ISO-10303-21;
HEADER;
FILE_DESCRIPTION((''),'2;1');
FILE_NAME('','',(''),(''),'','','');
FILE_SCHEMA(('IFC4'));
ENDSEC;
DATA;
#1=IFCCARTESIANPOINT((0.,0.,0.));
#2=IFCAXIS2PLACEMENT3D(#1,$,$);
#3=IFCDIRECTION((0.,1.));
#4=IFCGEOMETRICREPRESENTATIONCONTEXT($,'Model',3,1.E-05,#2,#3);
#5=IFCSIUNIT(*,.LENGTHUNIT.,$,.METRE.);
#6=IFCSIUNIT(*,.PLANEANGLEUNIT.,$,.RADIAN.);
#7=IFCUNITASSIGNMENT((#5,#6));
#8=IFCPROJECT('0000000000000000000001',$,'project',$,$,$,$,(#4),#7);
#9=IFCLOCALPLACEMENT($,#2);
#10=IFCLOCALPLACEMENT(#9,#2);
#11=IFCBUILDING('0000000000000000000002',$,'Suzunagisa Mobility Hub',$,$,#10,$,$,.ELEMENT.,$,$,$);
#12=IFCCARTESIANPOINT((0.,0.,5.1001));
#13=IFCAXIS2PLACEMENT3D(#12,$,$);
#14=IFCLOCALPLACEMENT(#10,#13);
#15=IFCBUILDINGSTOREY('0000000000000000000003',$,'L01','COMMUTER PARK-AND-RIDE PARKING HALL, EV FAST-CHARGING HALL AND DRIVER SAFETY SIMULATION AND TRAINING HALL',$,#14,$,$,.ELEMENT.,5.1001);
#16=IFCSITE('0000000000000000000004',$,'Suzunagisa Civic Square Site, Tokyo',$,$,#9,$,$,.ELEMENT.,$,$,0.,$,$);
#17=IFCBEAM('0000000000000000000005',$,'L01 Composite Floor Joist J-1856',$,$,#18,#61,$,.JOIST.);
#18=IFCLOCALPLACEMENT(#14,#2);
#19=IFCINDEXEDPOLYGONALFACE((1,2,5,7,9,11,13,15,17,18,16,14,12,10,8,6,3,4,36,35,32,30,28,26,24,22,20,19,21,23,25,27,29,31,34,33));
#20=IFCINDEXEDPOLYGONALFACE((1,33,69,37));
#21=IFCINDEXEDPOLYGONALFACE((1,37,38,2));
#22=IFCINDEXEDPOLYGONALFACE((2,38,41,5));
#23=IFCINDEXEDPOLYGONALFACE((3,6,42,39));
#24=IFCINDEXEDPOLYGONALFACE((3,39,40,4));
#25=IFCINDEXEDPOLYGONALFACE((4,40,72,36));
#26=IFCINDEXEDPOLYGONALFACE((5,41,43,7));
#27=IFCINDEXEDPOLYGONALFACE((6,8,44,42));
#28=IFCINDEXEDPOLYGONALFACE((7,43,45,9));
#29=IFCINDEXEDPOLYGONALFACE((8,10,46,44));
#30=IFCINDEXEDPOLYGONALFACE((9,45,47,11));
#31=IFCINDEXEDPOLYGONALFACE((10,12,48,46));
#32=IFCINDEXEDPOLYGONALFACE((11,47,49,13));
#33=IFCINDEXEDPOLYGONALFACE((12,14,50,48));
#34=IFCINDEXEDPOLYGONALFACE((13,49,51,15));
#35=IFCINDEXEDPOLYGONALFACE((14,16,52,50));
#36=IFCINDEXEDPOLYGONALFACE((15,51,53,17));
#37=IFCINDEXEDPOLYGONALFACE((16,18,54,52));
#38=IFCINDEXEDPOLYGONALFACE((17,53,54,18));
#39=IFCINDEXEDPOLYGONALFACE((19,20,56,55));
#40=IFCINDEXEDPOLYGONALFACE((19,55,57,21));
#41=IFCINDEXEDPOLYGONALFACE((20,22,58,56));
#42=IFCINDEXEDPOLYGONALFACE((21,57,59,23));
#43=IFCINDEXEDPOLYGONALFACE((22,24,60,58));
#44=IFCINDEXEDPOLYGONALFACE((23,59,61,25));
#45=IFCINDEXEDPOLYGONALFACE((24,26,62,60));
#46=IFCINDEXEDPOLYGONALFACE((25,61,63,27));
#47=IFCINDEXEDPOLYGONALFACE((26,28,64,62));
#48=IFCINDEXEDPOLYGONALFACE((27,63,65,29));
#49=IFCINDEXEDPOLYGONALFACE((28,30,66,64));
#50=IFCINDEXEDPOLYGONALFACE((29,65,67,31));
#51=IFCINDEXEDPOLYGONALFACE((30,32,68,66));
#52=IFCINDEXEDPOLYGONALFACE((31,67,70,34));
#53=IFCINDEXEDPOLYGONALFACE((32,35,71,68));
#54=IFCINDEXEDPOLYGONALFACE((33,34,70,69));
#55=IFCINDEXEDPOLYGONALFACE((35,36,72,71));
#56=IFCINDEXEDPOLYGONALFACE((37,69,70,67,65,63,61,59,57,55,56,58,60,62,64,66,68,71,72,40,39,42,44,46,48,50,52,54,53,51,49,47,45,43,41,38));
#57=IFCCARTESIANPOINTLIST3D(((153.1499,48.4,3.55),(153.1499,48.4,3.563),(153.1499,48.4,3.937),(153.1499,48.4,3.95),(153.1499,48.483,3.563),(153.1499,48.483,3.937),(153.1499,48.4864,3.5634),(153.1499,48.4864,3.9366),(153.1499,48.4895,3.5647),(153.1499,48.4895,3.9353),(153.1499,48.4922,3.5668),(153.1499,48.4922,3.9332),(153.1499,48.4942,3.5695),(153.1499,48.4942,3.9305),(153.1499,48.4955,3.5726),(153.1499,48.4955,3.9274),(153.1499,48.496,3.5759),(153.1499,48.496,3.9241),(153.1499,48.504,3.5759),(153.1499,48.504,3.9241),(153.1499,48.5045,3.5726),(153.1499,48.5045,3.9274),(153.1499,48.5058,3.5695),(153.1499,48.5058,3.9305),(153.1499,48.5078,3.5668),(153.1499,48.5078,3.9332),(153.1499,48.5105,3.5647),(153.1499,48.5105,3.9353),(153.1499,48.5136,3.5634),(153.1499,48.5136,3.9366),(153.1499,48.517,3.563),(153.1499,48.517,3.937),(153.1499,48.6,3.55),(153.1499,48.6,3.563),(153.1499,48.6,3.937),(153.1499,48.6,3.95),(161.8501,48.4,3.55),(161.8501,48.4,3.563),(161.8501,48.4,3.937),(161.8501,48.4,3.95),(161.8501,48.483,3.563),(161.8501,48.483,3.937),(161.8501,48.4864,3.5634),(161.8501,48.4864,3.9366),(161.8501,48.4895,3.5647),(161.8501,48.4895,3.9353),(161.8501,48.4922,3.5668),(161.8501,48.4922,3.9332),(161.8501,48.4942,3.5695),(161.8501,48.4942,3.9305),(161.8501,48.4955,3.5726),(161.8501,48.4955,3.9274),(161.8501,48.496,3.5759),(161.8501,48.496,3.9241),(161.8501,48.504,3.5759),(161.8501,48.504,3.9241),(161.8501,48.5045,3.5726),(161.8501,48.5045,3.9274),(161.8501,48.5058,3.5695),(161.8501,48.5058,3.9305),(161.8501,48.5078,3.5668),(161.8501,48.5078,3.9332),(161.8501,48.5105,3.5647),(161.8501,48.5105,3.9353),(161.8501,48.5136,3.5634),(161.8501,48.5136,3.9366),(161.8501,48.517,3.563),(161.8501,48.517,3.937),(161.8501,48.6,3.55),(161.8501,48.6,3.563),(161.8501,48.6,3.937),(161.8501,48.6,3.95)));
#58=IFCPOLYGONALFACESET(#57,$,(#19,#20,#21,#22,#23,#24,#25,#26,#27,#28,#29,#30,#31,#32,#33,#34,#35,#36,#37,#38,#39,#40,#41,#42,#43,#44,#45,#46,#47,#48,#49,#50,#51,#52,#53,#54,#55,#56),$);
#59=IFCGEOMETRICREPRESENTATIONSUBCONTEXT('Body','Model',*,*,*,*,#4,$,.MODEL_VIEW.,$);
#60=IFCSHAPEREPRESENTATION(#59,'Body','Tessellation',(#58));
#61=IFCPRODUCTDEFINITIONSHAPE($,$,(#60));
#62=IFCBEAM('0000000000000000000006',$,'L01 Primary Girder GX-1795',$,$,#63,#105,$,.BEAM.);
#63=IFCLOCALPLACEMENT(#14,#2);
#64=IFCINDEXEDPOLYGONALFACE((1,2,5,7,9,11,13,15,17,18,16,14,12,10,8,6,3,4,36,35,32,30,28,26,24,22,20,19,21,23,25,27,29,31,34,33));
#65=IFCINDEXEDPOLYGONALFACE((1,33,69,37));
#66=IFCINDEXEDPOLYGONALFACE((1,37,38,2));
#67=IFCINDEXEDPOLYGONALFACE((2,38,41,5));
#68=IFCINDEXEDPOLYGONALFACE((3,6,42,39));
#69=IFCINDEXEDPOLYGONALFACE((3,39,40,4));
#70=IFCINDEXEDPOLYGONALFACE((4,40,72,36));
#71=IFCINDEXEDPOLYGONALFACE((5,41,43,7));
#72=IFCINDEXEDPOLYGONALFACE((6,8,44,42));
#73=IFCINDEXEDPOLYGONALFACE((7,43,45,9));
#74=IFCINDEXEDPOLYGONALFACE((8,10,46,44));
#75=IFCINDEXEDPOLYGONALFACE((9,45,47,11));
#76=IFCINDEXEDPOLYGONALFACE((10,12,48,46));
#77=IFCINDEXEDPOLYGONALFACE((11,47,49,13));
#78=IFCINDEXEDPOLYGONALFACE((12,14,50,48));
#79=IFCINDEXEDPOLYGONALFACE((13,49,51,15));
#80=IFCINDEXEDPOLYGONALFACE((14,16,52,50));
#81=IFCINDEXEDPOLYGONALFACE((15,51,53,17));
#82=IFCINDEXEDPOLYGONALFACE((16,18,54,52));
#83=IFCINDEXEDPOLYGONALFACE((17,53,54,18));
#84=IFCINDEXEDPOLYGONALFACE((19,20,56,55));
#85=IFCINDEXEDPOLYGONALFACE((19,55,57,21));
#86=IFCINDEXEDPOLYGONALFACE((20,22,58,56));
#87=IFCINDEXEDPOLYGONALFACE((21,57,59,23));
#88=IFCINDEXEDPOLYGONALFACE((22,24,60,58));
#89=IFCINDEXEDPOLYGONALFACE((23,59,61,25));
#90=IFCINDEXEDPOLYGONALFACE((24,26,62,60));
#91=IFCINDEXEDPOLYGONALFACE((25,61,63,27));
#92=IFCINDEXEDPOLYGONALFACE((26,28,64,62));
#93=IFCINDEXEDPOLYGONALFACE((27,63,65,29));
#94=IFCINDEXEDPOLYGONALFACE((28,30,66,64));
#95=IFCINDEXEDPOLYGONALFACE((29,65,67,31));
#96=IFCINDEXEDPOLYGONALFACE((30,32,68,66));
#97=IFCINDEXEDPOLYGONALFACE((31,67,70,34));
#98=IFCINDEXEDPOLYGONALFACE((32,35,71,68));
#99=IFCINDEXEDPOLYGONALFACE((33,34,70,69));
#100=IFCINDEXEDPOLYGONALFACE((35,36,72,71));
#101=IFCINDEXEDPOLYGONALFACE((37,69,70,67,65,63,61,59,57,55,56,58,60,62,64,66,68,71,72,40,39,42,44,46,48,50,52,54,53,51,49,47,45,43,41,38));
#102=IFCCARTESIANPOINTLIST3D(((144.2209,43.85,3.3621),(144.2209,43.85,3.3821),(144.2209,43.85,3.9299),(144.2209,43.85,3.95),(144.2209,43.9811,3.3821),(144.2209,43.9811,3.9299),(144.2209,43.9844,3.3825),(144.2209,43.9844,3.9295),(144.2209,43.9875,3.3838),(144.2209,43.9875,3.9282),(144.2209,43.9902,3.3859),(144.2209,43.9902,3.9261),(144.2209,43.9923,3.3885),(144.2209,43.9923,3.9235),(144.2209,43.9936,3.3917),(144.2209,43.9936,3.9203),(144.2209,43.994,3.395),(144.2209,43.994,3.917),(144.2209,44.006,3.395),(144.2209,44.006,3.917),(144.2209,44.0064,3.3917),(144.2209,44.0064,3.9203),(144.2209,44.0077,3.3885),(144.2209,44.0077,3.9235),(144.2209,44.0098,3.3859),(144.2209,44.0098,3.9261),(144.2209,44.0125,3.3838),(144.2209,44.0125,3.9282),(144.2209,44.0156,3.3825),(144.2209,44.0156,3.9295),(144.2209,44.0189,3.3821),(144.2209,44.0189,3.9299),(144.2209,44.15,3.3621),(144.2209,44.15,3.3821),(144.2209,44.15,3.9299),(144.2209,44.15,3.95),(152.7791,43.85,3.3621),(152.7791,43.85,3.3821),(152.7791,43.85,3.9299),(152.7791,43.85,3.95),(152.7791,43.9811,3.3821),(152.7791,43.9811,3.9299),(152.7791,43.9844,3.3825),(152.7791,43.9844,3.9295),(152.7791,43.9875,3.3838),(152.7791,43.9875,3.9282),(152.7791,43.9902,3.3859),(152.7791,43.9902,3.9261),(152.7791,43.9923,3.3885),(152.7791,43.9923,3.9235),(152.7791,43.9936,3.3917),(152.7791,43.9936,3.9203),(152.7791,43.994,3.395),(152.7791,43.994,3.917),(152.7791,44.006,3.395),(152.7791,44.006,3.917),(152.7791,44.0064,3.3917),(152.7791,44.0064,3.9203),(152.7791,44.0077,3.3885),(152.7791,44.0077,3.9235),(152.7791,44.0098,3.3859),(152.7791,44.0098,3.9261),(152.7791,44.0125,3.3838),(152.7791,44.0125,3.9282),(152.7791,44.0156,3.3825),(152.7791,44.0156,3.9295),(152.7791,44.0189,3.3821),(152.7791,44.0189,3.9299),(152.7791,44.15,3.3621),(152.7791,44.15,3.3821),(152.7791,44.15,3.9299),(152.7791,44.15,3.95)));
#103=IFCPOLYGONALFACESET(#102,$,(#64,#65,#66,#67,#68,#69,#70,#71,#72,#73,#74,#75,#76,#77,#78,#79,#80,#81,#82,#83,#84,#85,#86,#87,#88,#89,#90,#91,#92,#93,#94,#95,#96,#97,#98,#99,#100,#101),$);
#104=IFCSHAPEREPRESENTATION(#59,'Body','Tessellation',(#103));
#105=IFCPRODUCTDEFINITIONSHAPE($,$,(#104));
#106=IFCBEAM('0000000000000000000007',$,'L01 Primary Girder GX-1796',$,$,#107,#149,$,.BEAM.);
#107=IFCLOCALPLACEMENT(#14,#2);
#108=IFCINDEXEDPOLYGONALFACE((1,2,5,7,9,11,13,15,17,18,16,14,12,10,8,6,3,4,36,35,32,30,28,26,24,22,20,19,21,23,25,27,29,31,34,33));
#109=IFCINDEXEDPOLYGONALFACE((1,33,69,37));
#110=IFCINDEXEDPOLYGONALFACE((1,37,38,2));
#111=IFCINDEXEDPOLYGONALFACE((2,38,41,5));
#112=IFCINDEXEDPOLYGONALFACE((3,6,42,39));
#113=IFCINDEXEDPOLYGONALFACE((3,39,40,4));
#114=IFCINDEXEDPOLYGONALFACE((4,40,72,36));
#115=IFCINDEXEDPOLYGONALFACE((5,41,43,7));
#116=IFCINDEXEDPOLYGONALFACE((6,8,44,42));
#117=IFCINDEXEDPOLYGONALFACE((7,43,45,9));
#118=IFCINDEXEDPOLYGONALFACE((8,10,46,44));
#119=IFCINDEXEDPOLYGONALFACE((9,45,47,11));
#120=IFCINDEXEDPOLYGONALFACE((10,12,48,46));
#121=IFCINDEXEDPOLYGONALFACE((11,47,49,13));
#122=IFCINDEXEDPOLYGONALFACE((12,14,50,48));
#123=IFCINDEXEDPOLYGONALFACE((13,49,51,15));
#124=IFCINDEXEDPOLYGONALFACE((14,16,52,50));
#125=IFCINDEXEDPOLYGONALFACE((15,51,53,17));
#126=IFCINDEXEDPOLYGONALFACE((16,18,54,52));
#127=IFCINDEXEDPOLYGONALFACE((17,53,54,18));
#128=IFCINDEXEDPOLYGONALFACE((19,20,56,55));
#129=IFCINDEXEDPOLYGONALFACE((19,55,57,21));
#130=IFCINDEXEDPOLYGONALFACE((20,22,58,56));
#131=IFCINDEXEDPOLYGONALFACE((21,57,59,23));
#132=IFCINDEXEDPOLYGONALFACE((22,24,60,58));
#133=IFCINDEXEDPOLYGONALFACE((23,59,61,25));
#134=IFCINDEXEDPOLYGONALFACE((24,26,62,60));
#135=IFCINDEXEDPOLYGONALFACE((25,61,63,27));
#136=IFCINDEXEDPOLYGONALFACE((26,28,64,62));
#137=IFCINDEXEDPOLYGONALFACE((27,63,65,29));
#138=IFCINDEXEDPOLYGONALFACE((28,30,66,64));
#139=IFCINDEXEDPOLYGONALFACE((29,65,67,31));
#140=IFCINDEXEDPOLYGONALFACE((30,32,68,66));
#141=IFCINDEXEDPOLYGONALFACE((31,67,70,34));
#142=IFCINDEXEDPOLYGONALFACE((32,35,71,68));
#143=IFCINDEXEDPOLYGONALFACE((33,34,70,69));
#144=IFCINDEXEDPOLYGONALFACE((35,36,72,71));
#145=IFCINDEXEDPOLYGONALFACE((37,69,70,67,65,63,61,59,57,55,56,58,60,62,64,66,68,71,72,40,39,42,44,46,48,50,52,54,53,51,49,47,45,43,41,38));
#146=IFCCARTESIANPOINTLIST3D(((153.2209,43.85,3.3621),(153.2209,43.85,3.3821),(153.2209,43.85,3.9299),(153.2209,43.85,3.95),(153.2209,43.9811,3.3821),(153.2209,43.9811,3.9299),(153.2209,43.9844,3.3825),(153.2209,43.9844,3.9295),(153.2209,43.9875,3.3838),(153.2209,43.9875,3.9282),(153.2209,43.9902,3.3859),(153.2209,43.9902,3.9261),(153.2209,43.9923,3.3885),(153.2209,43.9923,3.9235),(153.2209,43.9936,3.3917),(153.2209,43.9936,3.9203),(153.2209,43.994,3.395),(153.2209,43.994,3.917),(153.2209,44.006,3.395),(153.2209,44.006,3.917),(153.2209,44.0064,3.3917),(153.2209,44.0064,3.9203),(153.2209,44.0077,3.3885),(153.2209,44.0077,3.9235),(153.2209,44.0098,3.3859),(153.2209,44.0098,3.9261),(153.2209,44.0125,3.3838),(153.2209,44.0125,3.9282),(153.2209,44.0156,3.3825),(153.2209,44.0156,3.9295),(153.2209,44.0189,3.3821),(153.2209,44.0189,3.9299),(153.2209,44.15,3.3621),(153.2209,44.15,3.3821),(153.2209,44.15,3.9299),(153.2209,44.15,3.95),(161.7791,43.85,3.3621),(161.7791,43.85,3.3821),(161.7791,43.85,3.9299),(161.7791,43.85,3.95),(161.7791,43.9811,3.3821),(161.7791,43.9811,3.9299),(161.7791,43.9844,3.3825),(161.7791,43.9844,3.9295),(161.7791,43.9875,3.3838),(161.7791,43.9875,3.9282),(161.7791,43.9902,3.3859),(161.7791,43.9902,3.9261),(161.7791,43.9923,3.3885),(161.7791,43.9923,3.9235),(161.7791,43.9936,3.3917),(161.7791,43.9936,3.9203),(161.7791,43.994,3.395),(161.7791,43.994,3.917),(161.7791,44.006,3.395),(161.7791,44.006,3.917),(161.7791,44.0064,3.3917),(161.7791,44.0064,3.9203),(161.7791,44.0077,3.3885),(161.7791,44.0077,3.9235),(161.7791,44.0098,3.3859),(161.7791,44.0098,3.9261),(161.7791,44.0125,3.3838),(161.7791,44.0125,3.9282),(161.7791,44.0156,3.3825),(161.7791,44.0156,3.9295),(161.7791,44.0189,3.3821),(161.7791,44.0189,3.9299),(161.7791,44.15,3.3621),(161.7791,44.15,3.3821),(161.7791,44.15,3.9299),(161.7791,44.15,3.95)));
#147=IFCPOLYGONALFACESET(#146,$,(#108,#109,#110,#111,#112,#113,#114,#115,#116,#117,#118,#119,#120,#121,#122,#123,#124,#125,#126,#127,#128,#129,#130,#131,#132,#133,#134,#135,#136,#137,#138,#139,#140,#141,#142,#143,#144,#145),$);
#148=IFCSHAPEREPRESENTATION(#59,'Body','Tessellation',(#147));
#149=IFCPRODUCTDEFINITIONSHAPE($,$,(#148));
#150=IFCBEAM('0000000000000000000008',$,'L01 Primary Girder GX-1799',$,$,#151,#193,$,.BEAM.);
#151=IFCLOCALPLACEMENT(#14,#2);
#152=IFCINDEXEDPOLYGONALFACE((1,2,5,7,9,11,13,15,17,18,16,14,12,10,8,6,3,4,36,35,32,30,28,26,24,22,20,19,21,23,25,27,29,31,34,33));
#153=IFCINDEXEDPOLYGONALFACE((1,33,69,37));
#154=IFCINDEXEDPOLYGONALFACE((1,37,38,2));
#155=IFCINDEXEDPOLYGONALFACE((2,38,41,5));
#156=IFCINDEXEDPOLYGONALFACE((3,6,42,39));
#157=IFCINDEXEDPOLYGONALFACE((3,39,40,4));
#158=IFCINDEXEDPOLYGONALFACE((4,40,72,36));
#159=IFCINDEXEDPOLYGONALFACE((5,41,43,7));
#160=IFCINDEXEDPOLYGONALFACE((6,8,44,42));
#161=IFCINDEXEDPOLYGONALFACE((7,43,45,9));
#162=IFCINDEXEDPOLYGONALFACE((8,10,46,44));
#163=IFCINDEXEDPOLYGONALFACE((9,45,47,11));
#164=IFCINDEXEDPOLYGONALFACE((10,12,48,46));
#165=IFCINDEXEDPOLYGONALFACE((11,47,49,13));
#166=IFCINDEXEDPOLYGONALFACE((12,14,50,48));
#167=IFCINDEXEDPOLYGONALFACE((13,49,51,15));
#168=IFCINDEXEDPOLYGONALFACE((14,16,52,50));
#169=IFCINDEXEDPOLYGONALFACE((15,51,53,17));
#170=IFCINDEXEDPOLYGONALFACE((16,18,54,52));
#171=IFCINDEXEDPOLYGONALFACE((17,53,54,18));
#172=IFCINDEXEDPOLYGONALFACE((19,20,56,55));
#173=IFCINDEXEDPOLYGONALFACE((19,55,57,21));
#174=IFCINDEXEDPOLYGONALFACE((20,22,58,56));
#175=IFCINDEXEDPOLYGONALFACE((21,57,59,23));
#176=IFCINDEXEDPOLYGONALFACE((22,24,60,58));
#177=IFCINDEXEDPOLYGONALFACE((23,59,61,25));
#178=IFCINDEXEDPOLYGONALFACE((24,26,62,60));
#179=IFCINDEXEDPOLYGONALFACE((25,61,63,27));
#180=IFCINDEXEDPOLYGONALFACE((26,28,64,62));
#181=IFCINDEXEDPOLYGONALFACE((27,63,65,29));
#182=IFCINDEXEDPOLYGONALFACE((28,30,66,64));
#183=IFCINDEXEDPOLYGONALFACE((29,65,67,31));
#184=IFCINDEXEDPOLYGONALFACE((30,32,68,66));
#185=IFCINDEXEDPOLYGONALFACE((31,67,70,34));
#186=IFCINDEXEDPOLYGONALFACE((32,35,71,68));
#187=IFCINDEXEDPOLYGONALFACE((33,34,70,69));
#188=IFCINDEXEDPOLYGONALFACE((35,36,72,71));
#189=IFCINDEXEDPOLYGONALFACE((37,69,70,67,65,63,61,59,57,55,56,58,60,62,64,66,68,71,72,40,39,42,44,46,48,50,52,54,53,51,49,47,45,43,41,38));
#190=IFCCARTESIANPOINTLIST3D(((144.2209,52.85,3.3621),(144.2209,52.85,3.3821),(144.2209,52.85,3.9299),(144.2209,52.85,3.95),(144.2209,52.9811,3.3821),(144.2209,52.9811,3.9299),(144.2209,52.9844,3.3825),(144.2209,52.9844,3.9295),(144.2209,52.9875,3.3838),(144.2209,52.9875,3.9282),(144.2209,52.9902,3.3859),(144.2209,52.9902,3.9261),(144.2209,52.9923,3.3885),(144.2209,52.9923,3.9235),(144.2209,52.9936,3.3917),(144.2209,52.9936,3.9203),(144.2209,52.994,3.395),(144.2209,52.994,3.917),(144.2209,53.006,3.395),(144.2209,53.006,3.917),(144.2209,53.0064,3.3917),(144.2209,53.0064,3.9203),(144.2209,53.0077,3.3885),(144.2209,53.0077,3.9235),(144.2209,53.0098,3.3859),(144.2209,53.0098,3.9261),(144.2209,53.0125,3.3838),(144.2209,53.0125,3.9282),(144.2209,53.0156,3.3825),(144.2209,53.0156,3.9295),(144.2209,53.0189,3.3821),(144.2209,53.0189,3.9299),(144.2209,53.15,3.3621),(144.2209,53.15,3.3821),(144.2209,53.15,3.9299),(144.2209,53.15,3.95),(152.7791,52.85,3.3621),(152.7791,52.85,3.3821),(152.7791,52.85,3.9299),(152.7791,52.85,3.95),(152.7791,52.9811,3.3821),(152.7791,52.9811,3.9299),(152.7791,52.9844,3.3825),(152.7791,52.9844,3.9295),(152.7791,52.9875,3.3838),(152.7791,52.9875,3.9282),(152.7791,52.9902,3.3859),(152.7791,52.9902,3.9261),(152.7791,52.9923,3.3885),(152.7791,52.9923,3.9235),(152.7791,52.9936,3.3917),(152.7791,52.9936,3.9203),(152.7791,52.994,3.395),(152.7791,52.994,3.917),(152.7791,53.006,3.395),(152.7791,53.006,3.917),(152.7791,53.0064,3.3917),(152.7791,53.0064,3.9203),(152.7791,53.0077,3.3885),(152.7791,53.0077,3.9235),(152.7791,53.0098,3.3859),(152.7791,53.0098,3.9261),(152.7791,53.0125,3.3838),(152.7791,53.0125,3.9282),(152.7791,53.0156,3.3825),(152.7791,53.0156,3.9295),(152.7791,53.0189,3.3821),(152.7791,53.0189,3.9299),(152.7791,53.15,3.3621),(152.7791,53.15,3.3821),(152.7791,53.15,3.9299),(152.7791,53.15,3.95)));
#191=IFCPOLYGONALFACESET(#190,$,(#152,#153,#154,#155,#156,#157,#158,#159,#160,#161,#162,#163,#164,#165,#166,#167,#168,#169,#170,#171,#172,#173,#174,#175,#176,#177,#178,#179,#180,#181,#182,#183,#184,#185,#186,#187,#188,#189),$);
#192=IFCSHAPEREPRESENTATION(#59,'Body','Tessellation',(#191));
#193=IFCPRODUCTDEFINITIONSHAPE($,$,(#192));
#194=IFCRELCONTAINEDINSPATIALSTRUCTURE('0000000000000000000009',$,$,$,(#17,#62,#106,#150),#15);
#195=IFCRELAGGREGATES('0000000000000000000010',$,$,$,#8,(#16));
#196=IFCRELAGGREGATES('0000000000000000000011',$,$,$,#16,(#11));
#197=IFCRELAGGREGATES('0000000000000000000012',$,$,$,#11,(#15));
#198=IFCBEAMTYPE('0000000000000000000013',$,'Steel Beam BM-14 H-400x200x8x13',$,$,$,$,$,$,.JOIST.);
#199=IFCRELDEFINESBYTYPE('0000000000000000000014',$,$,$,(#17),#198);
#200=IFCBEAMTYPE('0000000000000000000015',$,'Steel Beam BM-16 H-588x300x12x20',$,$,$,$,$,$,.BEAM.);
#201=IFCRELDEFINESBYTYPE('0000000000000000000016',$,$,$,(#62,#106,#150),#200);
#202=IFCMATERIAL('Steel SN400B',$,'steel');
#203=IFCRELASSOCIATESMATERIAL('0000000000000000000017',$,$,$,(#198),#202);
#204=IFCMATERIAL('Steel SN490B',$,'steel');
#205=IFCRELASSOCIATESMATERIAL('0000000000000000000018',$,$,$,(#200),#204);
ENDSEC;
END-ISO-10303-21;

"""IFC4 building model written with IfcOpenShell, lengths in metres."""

from ifc_helpers import new_model, si_unit, direction, frame, origin, origin_2d, place, context, subcontext, project, spatial, i_section, extrude, material, material_profile, profile_set, type_object, element, save


model = new_model("IFC4")

# Units and contexts
model_context = context("Model", 3, precision=1e-05, world=origin(), true_north=direction((0.0, 1.0)))
body_context = subcontext(model_context, "Body", "Model", "MODEL_VIEW")
ifc_project = project(units=[si_unit("LENGTHUNIT", "METRE"), si_unit("PLANEANGLEUNIT", "RADIAN")], contexts=[model_context])

# Site, building, storey
site_placement = place(None, origin())
site = spatial("IfcSite", under=ifc_project, at=site_placement, Name="Suzunagisa Civic Square Site, Tokyo", CompositionType="ELEMENT", RefElevation=0.0)
building_placement = place(site_placement, origin())
building = spatial("IfcBuilding", under=site, at=building_placement, Name="Suzunagisa Mobility Hub", CompositionType="ELEMENT")
storey_placement = place(building_placement, frame((0.0, 0.0, 5.1001)))
storey = spatial("IfcBuildingStorey", under=building, at=storey_placement, Name="L01", Description="COMMUTER PARK-AND-RIDE PARKING HALL, EV FAST-CHARGING HALL AND DRIVER SAFETY SIMULATION AND TRAINING HALL", CompositionType="ELEMENT", Elevation=5.1001)

# Shared definitions
ifc_material_1 = material(Name="Steel SN490B", Category="steel")

# Beams
ifc_material_2 = material(Name="Steel SN400B", Category="steel")
ifc_material_profile_1 = material_profile(ifc_material_2, i_section(OverallWidth=0.2, OverallDepth=0.3999, WebThickness=0.0081, FlangeThickness=0.0129, FilletRadius=0.0129, at=origin_2d()), Name="H-400x200x8x13")
ifc_profile_set_1 = profile_set([ifc_material_profile_1], Name="Steel SN400B")
beam_type_1 = type_object("IfcBeamType", Name="Steel Beam BM-14 H-400x200x8x13", PredefinedType="JOIST", material=ifc_profile_set_1)
beam_1_placement = place(storey_placement, frame((153.1499, 48.5, 3.75), z_axis=(1.0, 0.0, 0.0), x_axis=(0.0, 1.0, 0.0)))
element("IfcBeam", 1, at=beam_1_placement, inside=storey, type_object=beam_type_1, Name="L01 Composite Floor Joist J-1856", PredefinedType="JOIST", context=body_context, shape_type="SweptSolid", body=[
    extrude(i_section(OverallWidth=0.2, OverallDepth=0.3999, WebThickness=0.0081, FlangeThickness=0.0129, FilletRadius=0.0129, at=origin_2d()), origin(), (0.0, 0.0, 1.0), 8.7002),
])
ifc_material_profile_2 = material_profile(ifc_material_1, i_section(OverallWidth=0.3, OverallDepth=0.5879, WebThickness=0.012, FlangeThickness=0.02, FilletRadius=0.0129, at=origin_2d()), Name="H-588x300x12x20")
ifc_profile_set_2 = profile_set([ifc_material_profile_2], Name="Steel SN490B")
beam_type_2 = type_object("IfcBeamType", Name="Steel Beam BM-16 H-588x300x12x20", PredefinedType="BEAM", material=ifc_profile_set_2)
for number, where, z_axis, x_axis, name in (
    (2, (144.2209, 44.0, 3.656), (1.0, 0.0, 0.0), (0.0, 1.0, 0.0), "L01 Primary Girder GX-1795"),
    (3, (153.2209, 44.0, 3.656), (1.0, 0.0, 0.0), (0.0, 1.0, 0.0), "L01 Primary Girder GX-1796"),
    (4, (144.2209, 53.0, 3.656), (1.0, 0.0, 0.0), (0.0, 1.0, 0.0), "L01 Primary Girder GX-1799"),
):
    element("IfcBeam", number, at=place(storey_placement, frame(where, z_axis=z_axis, x_axis=x_axis)), inside=storey, type_object=beam_type_2, Name=name, PredefinedType="BEAM", context=body_context, shape_type="SweptSolid", body=[
        extrude(i_section(OverallWidth=0.3, OverallDepth=0.5879, WebThickness=0.012, FlangeThickness=0.02, FilletRadius=0.0129, at=origin_2d()), origin(), (0.0, 0.0, 1.0), 8.5581),
    ])

save(model, "model.ifc")
